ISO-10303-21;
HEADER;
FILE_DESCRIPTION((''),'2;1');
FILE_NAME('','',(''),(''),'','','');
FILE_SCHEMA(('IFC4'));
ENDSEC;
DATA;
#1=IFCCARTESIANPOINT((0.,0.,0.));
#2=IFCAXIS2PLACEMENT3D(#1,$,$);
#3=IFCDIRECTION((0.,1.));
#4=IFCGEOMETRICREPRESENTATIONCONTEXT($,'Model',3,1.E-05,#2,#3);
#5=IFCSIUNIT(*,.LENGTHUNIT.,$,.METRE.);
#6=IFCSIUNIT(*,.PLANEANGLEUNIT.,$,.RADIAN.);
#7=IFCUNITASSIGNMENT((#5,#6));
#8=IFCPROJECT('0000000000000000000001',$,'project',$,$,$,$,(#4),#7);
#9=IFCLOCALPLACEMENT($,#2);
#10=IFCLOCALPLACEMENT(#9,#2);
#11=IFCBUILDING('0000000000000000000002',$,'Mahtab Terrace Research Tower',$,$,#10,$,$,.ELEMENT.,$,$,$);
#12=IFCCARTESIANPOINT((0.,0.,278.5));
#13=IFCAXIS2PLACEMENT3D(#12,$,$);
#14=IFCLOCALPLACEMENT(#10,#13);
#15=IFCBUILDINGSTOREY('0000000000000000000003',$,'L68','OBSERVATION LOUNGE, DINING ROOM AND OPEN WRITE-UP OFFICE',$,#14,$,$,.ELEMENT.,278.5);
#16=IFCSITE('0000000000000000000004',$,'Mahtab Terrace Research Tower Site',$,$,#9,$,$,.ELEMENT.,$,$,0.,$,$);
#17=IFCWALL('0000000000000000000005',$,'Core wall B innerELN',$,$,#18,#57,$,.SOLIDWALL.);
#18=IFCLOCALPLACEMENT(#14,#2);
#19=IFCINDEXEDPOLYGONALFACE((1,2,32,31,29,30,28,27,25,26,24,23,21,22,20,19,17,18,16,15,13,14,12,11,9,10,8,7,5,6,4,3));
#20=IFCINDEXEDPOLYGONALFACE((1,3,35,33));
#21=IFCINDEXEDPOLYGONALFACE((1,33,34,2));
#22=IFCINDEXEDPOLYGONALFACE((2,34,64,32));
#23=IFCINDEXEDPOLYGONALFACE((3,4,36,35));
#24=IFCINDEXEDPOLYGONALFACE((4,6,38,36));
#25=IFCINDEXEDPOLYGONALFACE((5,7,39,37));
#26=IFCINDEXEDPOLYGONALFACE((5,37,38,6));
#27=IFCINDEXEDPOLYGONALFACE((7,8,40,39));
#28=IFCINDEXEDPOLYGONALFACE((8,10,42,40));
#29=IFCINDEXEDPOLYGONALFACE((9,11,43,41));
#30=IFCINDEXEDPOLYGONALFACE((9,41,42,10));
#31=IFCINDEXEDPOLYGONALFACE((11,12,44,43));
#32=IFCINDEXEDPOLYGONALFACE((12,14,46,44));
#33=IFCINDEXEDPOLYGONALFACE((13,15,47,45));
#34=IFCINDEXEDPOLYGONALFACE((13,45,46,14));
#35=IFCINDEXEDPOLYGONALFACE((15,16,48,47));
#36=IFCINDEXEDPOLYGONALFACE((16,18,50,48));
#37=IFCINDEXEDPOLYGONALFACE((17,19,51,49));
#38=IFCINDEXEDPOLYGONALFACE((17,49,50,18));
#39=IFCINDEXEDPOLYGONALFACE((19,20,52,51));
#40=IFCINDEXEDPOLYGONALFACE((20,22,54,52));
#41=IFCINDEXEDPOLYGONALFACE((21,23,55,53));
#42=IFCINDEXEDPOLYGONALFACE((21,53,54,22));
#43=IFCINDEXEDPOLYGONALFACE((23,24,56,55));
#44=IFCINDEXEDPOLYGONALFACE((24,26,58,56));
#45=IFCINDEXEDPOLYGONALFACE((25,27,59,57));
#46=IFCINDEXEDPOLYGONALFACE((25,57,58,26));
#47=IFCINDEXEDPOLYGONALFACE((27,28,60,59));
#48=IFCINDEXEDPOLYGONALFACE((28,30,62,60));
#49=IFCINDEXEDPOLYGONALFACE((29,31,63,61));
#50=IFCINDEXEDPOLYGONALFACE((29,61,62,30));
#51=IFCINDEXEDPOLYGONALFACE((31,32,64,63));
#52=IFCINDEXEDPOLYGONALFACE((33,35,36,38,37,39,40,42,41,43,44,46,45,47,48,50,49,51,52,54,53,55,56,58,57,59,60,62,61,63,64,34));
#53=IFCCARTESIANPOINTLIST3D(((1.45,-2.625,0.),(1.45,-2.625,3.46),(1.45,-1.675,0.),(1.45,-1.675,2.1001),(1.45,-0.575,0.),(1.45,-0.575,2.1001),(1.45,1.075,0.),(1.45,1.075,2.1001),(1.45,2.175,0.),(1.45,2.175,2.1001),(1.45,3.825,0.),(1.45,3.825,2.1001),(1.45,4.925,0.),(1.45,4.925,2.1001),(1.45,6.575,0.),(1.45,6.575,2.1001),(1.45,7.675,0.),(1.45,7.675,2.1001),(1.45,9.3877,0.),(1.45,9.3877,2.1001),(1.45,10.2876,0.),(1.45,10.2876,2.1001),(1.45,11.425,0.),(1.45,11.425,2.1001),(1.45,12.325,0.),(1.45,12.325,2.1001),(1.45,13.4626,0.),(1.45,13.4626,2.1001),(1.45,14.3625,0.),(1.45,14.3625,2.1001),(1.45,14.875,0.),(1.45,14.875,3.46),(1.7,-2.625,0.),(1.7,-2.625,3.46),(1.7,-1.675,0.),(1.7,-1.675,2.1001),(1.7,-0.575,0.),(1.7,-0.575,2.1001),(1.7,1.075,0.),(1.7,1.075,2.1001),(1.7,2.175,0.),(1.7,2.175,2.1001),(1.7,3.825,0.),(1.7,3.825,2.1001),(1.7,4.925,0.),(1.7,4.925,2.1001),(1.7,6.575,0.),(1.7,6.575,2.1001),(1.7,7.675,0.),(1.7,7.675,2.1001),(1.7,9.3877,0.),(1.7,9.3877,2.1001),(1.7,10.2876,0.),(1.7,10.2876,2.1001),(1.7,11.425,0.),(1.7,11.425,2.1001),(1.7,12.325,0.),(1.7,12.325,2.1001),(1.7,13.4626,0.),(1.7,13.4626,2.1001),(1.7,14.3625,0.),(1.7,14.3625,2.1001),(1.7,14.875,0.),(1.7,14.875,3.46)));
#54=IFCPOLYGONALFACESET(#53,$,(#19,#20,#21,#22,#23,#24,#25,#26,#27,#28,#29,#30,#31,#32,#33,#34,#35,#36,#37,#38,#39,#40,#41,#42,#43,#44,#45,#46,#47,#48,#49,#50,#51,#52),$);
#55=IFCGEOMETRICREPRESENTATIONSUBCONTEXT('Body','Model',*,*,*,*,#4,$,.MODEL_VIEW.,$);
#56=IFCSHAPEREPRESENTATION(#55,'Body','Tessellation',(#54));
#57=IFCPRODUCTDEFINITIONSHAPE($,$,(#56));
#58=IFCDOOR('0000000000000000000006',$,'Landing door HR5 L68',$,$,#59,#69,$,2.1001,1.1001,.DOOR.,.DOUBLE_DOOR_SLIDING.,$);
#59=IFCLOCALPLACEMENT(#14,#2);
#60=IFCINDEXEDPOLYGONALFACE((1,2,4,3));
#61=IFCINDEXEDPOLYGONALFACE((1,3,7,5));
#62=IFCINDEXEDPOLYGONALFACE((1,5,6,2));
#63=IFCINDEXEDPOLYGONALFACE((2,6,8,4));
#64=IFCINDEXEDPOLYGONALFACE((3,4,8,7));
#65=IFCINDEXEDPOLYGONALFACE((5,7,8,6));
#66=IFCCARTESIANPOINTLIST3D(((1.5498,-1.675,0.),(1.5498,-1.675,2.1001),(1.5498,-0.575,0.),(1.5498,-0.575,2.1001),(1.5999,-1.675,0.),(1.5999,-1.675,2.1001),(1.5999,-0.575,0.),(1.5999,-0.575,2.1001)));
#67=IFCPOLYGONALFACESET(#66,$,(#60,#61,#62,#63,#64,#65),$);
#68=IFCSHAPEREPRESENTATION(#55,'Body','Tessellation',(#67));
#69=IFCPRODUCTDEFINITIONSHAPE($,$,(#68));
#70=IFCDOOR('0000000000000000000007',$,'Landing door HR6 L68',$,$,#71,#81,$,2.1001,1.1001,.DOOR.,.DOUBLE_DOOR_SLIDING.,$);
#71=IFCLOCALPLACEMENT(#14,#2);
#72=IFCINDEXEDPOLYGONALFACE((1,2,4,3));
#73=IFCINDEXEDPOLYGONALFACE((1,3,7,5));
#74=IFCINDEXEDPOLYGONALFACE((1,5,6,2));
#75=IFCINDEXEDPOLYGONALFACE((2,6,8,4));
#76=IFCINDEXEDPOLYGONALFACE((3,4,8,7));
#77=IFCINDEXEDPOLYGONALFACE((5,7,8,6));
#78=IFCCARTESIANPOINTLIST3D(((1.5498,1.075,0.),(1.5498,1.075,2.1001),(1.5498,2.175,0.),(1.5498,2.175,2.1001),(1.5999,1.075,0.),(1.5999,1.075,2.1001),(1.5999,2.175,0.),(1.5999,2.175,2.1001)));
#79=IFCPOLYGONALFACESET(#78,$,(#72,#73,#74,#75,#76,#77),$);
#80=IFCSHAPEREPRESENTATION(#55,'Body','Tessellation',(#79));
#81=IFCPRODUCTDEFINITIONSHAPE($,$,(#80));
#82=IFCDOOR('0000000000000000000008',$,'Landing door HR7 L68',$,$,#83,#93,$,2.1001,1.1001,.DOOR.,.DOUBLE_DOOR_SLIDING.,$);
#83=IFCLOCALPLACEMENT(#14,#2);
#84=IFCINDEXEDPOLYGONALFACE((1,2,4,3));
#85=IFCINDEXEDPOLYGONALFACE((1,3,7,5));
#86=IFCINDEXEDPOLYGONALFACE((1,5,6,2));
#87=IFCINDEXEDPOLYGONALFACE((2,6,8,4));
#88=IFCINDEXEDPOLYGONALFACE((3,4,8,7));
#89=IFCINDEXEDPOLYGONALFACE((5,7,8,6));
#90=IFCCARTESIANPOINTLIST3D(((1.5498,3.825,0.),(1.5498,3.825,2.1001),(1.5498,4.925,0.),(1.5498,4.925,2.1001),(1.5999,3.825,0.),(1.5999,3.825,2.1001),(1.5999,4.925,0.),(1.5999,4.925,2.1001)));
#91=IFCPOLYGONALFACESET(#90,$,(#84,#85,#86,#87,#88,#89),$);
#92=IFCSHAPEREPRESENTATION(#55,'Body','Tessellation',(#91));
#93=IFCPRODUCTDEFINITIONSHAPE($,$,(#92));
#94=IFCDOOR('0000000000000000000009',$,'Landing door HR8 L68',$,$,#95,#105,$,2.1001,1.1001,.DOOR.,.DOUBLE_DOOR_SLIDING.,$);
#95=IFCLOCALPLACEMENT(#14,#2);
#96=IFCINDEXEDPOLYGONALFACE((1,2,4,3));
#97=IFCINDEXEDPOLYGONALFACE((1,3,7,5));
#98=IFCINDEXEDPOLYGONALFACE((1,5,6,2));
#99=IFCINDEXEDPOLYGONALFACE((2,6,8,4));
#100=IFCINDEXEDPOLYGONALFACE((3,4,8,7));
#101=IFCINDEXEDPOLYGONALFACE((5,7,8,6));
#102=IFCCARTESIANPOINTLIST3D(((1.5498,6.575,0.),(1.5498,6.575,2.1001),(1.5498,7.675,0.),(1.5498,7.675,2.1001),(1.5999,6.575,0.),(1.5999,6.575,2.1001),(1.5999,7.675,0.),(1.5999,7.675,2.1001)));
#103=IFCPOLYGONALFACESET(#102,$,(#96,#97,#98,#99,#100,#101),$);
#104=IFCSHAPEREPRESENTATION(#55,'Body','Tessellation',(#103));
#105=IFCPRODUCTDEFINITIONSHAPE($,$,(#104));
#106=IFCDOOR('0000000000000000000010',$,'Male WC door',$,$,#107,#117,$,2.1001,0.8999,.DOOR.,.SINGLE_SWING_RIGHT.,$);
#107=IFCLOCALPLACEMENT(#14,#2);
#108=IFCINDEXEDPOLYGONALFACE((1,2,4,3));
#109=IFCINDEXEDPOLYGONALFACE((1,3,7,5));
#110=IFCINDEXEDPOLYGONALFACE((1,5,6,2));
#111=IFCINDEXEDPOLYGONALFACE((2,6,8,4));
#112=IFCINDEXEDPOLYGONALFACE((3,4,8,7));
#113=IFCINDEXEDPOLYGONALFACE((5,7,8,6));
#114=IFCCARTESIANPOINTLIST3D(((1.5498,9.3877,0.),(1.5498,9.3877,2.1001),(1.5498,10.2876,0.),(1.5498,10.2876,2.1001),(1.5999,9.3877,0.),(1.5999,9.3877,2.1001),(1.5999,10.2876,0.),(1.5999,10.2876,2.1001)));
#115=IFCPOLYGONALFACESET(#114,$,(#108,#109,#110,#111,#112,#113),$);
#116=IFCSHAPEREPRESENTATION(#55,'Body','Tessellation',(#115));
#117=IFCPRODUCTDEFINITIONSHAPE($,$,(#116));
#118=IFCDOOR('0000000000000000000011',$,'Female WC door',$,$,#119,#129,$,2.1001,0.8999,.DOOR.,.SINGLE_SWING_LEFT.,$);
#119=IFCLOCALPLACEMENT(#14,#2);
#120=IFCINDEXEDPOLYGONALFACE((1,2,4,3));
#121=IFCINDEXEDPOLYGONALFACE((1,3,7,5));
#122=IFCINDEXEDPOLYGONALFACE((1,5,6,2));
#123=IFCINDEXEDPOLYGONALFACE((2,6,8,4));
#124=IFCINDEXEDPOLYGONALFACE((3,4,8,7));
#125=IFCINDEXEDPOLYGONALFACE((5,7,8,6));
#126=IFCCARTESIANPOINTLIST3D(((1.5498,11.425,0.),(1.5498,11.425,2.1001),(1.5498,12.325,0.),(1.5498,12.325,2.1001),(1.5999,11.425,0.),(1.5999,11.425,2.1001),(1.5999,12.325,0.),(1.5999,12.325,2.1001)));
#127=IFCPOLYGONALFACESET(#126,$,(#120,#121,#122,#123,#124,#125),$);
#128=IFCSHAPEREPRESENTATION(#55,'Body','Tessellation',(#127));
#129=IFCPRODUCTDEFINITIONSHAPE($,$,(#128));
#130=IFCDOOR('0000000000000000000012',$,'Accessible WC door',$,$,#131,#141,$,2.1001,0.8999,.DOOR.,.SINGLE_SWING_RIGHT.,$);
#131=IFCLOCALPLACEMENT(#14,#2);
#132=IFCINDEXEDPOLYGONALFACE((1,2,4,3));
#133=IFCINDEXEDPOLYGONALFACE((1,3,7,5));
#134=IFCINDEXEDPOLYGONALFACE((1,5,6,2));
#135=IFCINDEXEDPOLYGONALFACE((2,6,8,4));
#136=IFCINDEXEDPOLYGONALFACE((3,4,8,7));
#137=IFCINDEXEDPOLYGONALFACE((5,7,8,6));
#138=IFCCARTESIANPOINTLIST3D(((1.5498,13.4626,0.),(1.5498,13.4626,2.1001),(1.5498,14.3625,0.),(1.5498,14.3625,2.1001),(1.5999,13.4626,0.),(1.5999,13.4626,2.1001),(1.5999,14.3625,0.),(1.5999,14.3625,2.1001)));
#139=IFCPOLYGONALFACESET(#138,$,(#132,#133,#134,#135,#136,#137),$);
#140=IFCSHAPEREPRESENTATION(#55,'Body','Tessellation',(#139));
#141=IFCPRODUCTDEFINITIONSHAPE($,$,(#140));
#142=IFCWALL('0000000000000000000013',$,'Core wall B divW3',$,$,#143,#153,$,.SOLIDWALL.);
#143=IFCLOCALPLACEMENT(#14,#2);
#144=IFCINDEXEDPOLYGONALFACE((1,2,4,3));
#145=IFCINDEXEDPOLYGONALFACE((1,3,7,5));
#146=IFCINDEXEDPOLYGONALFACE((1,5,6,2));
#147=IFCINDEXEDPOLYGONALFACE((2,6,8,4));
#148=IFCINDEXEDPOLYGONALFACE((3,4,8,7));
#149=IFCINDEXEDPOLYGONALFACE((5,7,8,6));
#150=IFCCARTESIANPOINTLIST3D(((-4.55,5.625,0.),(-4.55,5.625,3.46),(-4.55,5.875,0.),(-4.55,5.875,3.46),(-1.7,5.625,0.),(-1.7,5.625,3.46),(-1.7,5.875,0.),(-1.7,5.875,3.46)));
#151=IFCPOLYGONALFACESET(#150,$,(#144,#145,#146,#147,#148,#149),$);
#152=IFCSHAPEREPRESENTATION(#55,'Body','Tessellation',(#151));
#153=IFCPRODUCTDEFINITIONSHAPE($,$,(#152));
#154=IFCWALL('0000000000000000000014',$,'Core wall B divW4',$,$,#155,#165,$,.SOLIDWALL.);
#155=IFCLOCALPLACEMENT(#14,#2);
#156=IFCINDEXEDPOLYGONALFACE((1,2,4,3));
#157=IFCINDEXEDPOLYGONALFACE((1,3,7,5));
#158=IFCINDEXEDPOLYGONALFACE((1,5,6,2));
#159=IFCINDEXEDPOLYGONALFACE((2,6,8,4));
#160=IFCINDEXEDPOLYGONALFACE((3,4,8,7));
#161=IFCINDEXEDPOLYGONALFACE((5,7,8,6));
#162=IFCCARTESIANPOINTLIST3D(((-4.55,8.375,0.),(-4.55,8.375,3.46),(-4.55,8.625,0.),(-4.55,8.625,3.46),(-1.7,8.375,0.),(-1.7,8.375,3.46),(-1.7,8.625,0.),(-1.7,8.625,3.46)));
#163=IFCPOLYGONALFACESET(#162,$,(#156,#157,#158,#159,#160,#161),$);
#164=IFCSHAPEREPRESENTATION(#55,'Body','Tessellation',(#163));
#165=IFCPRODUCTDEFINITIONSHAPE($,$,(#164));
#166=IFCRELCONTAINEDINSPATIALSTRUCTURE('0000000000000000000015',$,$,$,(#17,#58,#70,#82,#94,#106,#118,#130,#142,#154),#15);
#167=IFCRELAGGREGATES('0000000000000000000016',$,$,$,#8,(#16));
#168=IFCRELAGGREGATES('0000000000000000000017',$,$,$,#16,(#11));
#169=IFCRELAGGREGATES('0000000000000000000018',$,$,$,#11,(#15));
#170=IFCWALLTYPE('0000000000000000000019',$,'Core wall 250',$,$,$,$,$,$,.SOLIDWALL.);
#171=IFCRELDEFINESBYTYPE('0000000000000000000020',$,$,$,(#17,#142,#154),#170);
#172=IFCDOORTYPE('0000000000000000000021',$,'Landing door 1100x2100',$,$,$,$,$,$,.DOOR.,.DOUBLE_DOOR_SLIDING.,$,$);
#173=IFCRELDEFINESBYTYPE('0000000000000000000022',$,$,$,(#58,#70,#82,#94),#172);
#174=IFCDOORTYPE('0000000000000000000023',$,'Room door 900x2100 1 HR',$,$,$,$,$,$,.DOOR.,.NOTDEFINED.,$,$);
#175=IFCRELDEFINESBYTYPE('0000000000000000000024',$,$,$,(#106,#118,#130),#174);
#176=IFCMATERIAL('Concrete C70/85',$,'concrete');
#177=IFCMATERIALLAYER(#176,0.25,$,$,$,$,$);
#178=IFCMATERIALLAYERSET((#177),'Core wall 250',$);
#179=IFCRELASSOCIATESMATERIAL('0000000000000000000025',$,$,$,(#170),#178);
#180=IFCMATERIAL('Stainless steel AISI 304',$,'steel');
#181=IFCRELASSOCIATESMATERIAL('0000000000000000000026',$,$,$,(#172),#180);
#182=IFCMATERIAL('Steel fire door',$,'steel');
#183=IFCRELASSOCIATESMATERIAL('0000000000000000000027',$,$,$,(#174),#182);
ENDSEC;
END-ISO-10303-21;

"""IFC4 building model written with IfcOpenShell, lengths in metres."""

from ifc_helpers import new_model, si_unit, direction, frame, frame_2d, origin, place, context, subcontext, project, spatial, rectangle, extrude, material, layer, layer_set, type_object, element, fill, save


model = new_model("IFC4")

# Units and contexts
model_context = context("Model", 3, precision=1e-05, world=origin(), true_north=direction((0.0, 1.0)))
body_context = subcontext(model_context, "Body", "Model", "MODEL_VIEW")
ifc_project = project(units=[si_unit("LENGTHUNIT", "METRE"), si_unit("PLANEANGLEUNIT", "RADIAN")], contexts=[model_context])

# Site, building, storey
site_placement = place(None, origin())
site = spatial("IfcSite", under=ifc_project, at=site_placement, Name="Mahtab Terrace Research Tower Site", CompositionType="ELEMENT", RefElevation=0.0)
building_placement = place(site_placement, origin())
building = spatial("IfcBuilding", under=site, at=building_placement, Name="Mahtab Terrace Research Tower", CompositionType="ELEMENT")
storey_placement = place(building_placement, frame((0.0, 0.0, 278.5)))
storey = spatial("IfcBuildingStorey", under=building, at=storey_placement, Name="L68", Description="OBSERVATION LOUNGE, DINING ROOM AND OPEN WRITE-UP OFFICE", CompositionType="ELEMENT", Elevation=278.5)

# Shared definitions
ifc_material_1 = material(Name="Concrete C70/85", Category="concrete")

# Shared definitions
ifc_layer_1 = layer(ifc_material_1, 0.25)
ifc_layer_set_1 = layer_set([ifc_layer_1], Name="Core wall 250")
wall_type_1 = type_object("IfcWallType", Name="Core wall 250", PredefinedType="SOLIDWALL", material=ifc_layer_set_1)

# Shared definitions
ifc_material_2 = material(Name="Steel fire door", Category="steel")

# Wall, openings, doors
wall_1_placement = place(storey_placement, frame((1.575, 14.875, 0.0), z_axis=(0.0, 0.0, 1.0), x_axis=(0.0, -1.0, 0.0)))
wall_1 = element("IfcWall", 1, at=wall_1_placement, inside=storey, type_object=wall_type_1, Name="Core wall B innerELN", PredefinedType="SOLIDWALL", context=body_context, shape_type="SweptSolid", body=[
    extrude(rectangle(XDim=17.5, YDim=0.25, at=frame_2d((8.75, 0.0))), origin(), (0.0, 0.0, 1.0), 3.46),
])
opening_1_placement = place(wall_1_placement, frame((15.45, 0.0, 0.0)))
opening_1 = element("IfcOpeningElement", 2, at=opening_1_placement, cuts=wall_1, PredefinedType="OPENING", context=body_context, shape_type="SweptSolid", body=[
    extrude(rectangle(XDim=1.1001, YDim=2.1001, at=frame_2d((0.55, 1.05))), frame((0.0, 0.135, 0.0), z_axis=(0.0, -1.0, 0.0), x_axis=(1.0, 0.0, 0.0)), (0.0, 0.0, 1.0), 0.27),
])
opening_2_placement = place(wall_1_placement, frame((12.7, 0.0, 0.0)))
opening_2 = element("IfcOpeningElement", 3, at=opening_2_placement, cuts=wall_1, PredefinedType="OPENING", context=body_context, shape_type="SweptSolid", body=[
    extrude(rectangle(XDim=1.1001, YDim=2.1001, at=frame_2d((0.55, 1.05))), frame((0.0, 0.135, 0.0), z_axis=(0.0, -1.0, 0.0), x_axis=(1.0, 0.0, 0.0)), (0.0, 0.0, 1.0), 0.27),
])
opening_3_placement = place(wall_1_placement, frame((9.95, 0.0, 0.0)))
opening_3 = element("IfcOpeningElement", 4, at=opening_3_placement, cuts=wall_1, PredefinedType="OPENING", context=body_context, shape_type="SweptSolid", body=[
    extrude(rectangle(XDim=1.1001, YDim=2.1001, at=frame_2d((0.55, 1.05))), frame((0.0, 0.135, 0.0), z_axis=(0.0, -1.0, 0.0), x_axis=(1.0, 0.0, 0.0)), (0.0, 0.0, 1.0), 0.27),
])
opening_4_placement = place(wall_1_placement, frame((7.2, 0.0, 0.0)))
opening_4 = element("IfcOpeningElement", 5, at=opening_4_placement, cuts=wall_1, PredefinedType="OPENING", context=body_context, shape_type="SweptSolid", body=[
    extrude(rectangle(XDim=1.1001, YDim=2.1001, at=frame_2d((0.55, 1.05))), frame((0.0, 0.135, 0.0), z_axis=(0.0, -1.0, 0.0), x_axis=(1.0, 0.0, 0.0)), (0.0, 0.0, 1.0), 0.27),
])
opening_5_placement = place(wall_1_placement, frame((4.5874, 0.0, 0.0)))
opening_5 = element("IfcOpeningElement", 6, at=opening_5_placement, cuts=wall_1, PredefinedType="OPENING", context=body_context, shape_type="SweptSolid", body=[
    extrude(rectangle(XDim=0.8999, YDim=2.1001, at=frame_2d((0.45, 1.05))), frame((0.0, 0.135, 0.0), z_axis=(0.0, -1.0, 0.0), x_axis=(1.0, 0.0, 0.0)), (0.0, 0.0, 1.0), 0.27),
])
opening_6_placement = place(wall_1_placement, frame((2.55, 0.0, 0.0)))
opening_6 = element("IfcOpeningElement", 7, at=opening_6_placement, cuts=wall_1, PredefinedType="OPENING", context=body_context, shape_type="SweptSolid", body=[
    extrude(rectangle(XDim=0.8999, YDim=2.1001, at=frame_2d((0.45, 1.05))), frame((0.0, 0.135, 0.0), z_axis=(0.0, -1.0, 0.0), x_axis=(1.0, 0.0, 0.0)), (0.0, 0.0, 1.0), 0.27),
])
opening_7_placement = place(wall_1_placement, frame((0.5125, 0.0, 0.0)))
opening_7 = element("IfcOpeningElement", 8, at=opening_7_placement, cuts=wall_1, PredefinedType="OPENING", context=body_context, shape_type="SweptSolid", body=[
    extrude(rectangle(XDim=0.8999, YDim=2.1001, at=frame_2d((0.45, 1.05))), frame((0.0, 0.135, 0.0), z_axis=(0.0, -1.0, 0.0), x_axis=(1.0, 0.0, 0.0)), (0.0, 0.0, 1.0), 0.27),
])
ifc_material_3 = material(Name="Stainless steel AISI 304", Category="steel")
door_type_1 = type_object("IfcDoorType", Name="Landing door 1100x2100", OperationType="DOUBLE_DOOR_SLIDING", PredefinedType="DOOR", material=ifc_material_3)
door_1_placement = place(opening_1_placement, origin())
door_1 = element("IfcDoor", 9, at=door_1_placement, inside=storey, type_object=door_type_1, Name="Landing door HR5 L68", OperationType="DOUBLE_DOOR_SLIDING", OverallHeight=2.1001, OverallWidth=1.1001, PredefinedType="DOOR", context=body_context, shape_type="SweptSolid", body=[
    extrude(rectangle(XDim=1.1001, YDim=2.1001, at=frame_2d((0.55, 1.05))), frame((0.0, 0.0249, 0.0), z_axis=(0.0, -1.0, 0.0), x_axis=(1.0, 0.0, 0.0)), (0.0, 0.0, 1.0), 0.05),
])
fill(opening_1, door_1)
door_2_placement = place(opening_2_placement, origin())
door_2 = element("IfcDoor", 10, at=door_2_placement, inside=storey, type_object=door_type_1, Name="Landing door HR6 L68", OperationType="DOUBLE_DOOR_SLIDING", OverallHeight=2.1001, OverallWidth=1.1001, PredefinedType="DOOR", context=body_context, shape_type="SweptSolid", body=[
    extrude(rectangle(XDim=1.1001, YDim=2.1001, at=frame_2d((0.55, 1.05))), frame((0.0, 0.0249, 0.0), z_axis=(0.0, -1.0, 0.0), x_axis=(1.0, 0.0, 0.0)), (0.0, 0.0, 1.0), 0.05),
])
fill(opening_2, door_2)
door_3_placement = place(opening_3_placement, origin())
door_3 = element("IfcDoor", 11, at=door_3_placement, inside=storey, type_object=door_type_1, Name="Landing door HR7 L68", OperationType="DOUBLE_DOOR_SLIDING", OverallHeight=2.1001, OverallWidth=1.1001, PredefinedType="DOOR", context=body_context, shape_type="SweptSolid", body=[
    extrude(rectangle(XDim=1.1001, YDim=2.1001, at=frame_2d((0.55, 1.05))), frame((0.0, 0.0249, 0.0), z_axis=(0.0, -1.0, 0.0), x_axis=(1.0, 0.0, 0.0)), (0.0, 0.0, 1.0), 0.05),
])
fill(opening_3, door_3)
door_4_placement = place(opening_4_placement, origin())
door_4 = element("IfcDoor", 12, at=door_4_placement, inside=storey, type_object=door_type_1, Name="Landing door HR8 L68", OperationType="DOUBLE_DOOR_SLIDING", OverallHeight=2.1001, OverallWidth=1.1001, PredefinedType="DOOR", context=body_context, shape_type="SweptSolid", body=[
    extrude(rectangle(XDim=1.1001, YDim=2.1001, at=frame_2d((0.55, 1.05))), frame((0.0, 0.0249, 0.0), z_axis=(0.0, -1.0, 0.0), x_axis=(1.0, 0.0, 0.0)), (0.0, 0.0, 1.0), 0.05),
])
fill(opening_4, door_4)
door_type_2 = type_object("IfcDoorType", Name="Room door 900x2100 1 HR", OperationType="NOTDEFINED", PredefinedType="DOOR", material=ifc_material_2)
door_5_placement = place(opening_5_placement, origin())
door_5 = element("IfcDoor", 13, at=door_5_placement, inside=storey, type_object=door_type_2, Name="Male WC door", OperationType="SINGLE_SWING_RIGHT", OverallHeight=2.1001, OverallWidth=0.8999, PredefinedType="DOOR", context=body_context, shape_type="SweptSolid", body=[
    extrude(rectangle(XDim=0.8999, YDim=2.1001, at=frame_2d((0.45, 1.05))), frame((0.0, 0.0249, 0.0), z_axis=(0.0, -1.0, 0.0), x_axis=(1.0, 0.0, 0.0)), (0.0, 0.0, 1.0), 0.05),
])
fill(opening_5, door_5)
door_6_placement = place(opening_6_placement, origin())
door_6 = element("IfcDoor", 14, at=door_6_placement, inside=storey, type_object=door_type_2, Name="Female WC door", OperationType="SINGLE_SWING_LEFT", OverallHeight=2.1001, OverallWidth=0.8999, PredefinedType="DOOR", context=body_context, shape_type="SweptSolid", body=[
    extrude(rectangle(XDim=0.8999, YDim=2.1001, at=frame_2d((0.45, 1.05))), frame((0.0, 0.0249, 0.0), z_axis=(0.0, -1.0, 0.0), x_axis=(1.0, 0.0, 0.0)), (0.0, 0.0, 1.0), 0.05),
])
fill(opening_6, door_6)
door_7_placement = place(opening_7_placement, origin())
door_7 = element("IfcDoor", 15, at=door_7_placement, inside=storey, type_object=door_type_2, Name="Accessible WC door", OperationType="SINGLE_SWING_RIGHT", OverallHeight=2.1001, OverallWidth=0.8999, PredefinedType="DOOR", context=body_context, shape_type="SweptSolid", body=[
    extrude(rectangle(XDim=0.8999, YDim=2.1001, at=frame_2d((0.45, 1.05))), frame((0.0, 0.0249, 0.0), z_axis=(0.0, -1.0, 0.0), x_axis=(1.0, 0.0, 0.0)), (0.0, 0.0, 1.0), 0.05),
])
fill(opening_7, door_7)

# Walls
for number, where, z_axis, x_axis, name in (
    (16, (-4.55, 5.75, 0.0), (0.0, 0.0, 1.0), (1.0, 0.0, 0.0), "Core wall B divW3"),
    (17, (-4.55, 8.5, 0.0), (0.0, 0.0, 1.0), (1.0, 0.0, 0.0), "Core wall B divW4"),
):
    element("IfcWall", number, at=place(storey_placement, frame(where, z_axis=z_axis, x_axis=x_axis)), inside=storey, type_object=wall_type_1, Name=name, PredefinedType="SOLIDWALL", context=body_context, shape_type="SweptSolid", body=[
        extrude(rectangle(XDim=2.8501, YDim=0.25, at=frame_2d((1.425, 0.0))), origin(), (0.0, 0.0, 1.0), 3.46),
    ])

save(model, "model.ifc")
